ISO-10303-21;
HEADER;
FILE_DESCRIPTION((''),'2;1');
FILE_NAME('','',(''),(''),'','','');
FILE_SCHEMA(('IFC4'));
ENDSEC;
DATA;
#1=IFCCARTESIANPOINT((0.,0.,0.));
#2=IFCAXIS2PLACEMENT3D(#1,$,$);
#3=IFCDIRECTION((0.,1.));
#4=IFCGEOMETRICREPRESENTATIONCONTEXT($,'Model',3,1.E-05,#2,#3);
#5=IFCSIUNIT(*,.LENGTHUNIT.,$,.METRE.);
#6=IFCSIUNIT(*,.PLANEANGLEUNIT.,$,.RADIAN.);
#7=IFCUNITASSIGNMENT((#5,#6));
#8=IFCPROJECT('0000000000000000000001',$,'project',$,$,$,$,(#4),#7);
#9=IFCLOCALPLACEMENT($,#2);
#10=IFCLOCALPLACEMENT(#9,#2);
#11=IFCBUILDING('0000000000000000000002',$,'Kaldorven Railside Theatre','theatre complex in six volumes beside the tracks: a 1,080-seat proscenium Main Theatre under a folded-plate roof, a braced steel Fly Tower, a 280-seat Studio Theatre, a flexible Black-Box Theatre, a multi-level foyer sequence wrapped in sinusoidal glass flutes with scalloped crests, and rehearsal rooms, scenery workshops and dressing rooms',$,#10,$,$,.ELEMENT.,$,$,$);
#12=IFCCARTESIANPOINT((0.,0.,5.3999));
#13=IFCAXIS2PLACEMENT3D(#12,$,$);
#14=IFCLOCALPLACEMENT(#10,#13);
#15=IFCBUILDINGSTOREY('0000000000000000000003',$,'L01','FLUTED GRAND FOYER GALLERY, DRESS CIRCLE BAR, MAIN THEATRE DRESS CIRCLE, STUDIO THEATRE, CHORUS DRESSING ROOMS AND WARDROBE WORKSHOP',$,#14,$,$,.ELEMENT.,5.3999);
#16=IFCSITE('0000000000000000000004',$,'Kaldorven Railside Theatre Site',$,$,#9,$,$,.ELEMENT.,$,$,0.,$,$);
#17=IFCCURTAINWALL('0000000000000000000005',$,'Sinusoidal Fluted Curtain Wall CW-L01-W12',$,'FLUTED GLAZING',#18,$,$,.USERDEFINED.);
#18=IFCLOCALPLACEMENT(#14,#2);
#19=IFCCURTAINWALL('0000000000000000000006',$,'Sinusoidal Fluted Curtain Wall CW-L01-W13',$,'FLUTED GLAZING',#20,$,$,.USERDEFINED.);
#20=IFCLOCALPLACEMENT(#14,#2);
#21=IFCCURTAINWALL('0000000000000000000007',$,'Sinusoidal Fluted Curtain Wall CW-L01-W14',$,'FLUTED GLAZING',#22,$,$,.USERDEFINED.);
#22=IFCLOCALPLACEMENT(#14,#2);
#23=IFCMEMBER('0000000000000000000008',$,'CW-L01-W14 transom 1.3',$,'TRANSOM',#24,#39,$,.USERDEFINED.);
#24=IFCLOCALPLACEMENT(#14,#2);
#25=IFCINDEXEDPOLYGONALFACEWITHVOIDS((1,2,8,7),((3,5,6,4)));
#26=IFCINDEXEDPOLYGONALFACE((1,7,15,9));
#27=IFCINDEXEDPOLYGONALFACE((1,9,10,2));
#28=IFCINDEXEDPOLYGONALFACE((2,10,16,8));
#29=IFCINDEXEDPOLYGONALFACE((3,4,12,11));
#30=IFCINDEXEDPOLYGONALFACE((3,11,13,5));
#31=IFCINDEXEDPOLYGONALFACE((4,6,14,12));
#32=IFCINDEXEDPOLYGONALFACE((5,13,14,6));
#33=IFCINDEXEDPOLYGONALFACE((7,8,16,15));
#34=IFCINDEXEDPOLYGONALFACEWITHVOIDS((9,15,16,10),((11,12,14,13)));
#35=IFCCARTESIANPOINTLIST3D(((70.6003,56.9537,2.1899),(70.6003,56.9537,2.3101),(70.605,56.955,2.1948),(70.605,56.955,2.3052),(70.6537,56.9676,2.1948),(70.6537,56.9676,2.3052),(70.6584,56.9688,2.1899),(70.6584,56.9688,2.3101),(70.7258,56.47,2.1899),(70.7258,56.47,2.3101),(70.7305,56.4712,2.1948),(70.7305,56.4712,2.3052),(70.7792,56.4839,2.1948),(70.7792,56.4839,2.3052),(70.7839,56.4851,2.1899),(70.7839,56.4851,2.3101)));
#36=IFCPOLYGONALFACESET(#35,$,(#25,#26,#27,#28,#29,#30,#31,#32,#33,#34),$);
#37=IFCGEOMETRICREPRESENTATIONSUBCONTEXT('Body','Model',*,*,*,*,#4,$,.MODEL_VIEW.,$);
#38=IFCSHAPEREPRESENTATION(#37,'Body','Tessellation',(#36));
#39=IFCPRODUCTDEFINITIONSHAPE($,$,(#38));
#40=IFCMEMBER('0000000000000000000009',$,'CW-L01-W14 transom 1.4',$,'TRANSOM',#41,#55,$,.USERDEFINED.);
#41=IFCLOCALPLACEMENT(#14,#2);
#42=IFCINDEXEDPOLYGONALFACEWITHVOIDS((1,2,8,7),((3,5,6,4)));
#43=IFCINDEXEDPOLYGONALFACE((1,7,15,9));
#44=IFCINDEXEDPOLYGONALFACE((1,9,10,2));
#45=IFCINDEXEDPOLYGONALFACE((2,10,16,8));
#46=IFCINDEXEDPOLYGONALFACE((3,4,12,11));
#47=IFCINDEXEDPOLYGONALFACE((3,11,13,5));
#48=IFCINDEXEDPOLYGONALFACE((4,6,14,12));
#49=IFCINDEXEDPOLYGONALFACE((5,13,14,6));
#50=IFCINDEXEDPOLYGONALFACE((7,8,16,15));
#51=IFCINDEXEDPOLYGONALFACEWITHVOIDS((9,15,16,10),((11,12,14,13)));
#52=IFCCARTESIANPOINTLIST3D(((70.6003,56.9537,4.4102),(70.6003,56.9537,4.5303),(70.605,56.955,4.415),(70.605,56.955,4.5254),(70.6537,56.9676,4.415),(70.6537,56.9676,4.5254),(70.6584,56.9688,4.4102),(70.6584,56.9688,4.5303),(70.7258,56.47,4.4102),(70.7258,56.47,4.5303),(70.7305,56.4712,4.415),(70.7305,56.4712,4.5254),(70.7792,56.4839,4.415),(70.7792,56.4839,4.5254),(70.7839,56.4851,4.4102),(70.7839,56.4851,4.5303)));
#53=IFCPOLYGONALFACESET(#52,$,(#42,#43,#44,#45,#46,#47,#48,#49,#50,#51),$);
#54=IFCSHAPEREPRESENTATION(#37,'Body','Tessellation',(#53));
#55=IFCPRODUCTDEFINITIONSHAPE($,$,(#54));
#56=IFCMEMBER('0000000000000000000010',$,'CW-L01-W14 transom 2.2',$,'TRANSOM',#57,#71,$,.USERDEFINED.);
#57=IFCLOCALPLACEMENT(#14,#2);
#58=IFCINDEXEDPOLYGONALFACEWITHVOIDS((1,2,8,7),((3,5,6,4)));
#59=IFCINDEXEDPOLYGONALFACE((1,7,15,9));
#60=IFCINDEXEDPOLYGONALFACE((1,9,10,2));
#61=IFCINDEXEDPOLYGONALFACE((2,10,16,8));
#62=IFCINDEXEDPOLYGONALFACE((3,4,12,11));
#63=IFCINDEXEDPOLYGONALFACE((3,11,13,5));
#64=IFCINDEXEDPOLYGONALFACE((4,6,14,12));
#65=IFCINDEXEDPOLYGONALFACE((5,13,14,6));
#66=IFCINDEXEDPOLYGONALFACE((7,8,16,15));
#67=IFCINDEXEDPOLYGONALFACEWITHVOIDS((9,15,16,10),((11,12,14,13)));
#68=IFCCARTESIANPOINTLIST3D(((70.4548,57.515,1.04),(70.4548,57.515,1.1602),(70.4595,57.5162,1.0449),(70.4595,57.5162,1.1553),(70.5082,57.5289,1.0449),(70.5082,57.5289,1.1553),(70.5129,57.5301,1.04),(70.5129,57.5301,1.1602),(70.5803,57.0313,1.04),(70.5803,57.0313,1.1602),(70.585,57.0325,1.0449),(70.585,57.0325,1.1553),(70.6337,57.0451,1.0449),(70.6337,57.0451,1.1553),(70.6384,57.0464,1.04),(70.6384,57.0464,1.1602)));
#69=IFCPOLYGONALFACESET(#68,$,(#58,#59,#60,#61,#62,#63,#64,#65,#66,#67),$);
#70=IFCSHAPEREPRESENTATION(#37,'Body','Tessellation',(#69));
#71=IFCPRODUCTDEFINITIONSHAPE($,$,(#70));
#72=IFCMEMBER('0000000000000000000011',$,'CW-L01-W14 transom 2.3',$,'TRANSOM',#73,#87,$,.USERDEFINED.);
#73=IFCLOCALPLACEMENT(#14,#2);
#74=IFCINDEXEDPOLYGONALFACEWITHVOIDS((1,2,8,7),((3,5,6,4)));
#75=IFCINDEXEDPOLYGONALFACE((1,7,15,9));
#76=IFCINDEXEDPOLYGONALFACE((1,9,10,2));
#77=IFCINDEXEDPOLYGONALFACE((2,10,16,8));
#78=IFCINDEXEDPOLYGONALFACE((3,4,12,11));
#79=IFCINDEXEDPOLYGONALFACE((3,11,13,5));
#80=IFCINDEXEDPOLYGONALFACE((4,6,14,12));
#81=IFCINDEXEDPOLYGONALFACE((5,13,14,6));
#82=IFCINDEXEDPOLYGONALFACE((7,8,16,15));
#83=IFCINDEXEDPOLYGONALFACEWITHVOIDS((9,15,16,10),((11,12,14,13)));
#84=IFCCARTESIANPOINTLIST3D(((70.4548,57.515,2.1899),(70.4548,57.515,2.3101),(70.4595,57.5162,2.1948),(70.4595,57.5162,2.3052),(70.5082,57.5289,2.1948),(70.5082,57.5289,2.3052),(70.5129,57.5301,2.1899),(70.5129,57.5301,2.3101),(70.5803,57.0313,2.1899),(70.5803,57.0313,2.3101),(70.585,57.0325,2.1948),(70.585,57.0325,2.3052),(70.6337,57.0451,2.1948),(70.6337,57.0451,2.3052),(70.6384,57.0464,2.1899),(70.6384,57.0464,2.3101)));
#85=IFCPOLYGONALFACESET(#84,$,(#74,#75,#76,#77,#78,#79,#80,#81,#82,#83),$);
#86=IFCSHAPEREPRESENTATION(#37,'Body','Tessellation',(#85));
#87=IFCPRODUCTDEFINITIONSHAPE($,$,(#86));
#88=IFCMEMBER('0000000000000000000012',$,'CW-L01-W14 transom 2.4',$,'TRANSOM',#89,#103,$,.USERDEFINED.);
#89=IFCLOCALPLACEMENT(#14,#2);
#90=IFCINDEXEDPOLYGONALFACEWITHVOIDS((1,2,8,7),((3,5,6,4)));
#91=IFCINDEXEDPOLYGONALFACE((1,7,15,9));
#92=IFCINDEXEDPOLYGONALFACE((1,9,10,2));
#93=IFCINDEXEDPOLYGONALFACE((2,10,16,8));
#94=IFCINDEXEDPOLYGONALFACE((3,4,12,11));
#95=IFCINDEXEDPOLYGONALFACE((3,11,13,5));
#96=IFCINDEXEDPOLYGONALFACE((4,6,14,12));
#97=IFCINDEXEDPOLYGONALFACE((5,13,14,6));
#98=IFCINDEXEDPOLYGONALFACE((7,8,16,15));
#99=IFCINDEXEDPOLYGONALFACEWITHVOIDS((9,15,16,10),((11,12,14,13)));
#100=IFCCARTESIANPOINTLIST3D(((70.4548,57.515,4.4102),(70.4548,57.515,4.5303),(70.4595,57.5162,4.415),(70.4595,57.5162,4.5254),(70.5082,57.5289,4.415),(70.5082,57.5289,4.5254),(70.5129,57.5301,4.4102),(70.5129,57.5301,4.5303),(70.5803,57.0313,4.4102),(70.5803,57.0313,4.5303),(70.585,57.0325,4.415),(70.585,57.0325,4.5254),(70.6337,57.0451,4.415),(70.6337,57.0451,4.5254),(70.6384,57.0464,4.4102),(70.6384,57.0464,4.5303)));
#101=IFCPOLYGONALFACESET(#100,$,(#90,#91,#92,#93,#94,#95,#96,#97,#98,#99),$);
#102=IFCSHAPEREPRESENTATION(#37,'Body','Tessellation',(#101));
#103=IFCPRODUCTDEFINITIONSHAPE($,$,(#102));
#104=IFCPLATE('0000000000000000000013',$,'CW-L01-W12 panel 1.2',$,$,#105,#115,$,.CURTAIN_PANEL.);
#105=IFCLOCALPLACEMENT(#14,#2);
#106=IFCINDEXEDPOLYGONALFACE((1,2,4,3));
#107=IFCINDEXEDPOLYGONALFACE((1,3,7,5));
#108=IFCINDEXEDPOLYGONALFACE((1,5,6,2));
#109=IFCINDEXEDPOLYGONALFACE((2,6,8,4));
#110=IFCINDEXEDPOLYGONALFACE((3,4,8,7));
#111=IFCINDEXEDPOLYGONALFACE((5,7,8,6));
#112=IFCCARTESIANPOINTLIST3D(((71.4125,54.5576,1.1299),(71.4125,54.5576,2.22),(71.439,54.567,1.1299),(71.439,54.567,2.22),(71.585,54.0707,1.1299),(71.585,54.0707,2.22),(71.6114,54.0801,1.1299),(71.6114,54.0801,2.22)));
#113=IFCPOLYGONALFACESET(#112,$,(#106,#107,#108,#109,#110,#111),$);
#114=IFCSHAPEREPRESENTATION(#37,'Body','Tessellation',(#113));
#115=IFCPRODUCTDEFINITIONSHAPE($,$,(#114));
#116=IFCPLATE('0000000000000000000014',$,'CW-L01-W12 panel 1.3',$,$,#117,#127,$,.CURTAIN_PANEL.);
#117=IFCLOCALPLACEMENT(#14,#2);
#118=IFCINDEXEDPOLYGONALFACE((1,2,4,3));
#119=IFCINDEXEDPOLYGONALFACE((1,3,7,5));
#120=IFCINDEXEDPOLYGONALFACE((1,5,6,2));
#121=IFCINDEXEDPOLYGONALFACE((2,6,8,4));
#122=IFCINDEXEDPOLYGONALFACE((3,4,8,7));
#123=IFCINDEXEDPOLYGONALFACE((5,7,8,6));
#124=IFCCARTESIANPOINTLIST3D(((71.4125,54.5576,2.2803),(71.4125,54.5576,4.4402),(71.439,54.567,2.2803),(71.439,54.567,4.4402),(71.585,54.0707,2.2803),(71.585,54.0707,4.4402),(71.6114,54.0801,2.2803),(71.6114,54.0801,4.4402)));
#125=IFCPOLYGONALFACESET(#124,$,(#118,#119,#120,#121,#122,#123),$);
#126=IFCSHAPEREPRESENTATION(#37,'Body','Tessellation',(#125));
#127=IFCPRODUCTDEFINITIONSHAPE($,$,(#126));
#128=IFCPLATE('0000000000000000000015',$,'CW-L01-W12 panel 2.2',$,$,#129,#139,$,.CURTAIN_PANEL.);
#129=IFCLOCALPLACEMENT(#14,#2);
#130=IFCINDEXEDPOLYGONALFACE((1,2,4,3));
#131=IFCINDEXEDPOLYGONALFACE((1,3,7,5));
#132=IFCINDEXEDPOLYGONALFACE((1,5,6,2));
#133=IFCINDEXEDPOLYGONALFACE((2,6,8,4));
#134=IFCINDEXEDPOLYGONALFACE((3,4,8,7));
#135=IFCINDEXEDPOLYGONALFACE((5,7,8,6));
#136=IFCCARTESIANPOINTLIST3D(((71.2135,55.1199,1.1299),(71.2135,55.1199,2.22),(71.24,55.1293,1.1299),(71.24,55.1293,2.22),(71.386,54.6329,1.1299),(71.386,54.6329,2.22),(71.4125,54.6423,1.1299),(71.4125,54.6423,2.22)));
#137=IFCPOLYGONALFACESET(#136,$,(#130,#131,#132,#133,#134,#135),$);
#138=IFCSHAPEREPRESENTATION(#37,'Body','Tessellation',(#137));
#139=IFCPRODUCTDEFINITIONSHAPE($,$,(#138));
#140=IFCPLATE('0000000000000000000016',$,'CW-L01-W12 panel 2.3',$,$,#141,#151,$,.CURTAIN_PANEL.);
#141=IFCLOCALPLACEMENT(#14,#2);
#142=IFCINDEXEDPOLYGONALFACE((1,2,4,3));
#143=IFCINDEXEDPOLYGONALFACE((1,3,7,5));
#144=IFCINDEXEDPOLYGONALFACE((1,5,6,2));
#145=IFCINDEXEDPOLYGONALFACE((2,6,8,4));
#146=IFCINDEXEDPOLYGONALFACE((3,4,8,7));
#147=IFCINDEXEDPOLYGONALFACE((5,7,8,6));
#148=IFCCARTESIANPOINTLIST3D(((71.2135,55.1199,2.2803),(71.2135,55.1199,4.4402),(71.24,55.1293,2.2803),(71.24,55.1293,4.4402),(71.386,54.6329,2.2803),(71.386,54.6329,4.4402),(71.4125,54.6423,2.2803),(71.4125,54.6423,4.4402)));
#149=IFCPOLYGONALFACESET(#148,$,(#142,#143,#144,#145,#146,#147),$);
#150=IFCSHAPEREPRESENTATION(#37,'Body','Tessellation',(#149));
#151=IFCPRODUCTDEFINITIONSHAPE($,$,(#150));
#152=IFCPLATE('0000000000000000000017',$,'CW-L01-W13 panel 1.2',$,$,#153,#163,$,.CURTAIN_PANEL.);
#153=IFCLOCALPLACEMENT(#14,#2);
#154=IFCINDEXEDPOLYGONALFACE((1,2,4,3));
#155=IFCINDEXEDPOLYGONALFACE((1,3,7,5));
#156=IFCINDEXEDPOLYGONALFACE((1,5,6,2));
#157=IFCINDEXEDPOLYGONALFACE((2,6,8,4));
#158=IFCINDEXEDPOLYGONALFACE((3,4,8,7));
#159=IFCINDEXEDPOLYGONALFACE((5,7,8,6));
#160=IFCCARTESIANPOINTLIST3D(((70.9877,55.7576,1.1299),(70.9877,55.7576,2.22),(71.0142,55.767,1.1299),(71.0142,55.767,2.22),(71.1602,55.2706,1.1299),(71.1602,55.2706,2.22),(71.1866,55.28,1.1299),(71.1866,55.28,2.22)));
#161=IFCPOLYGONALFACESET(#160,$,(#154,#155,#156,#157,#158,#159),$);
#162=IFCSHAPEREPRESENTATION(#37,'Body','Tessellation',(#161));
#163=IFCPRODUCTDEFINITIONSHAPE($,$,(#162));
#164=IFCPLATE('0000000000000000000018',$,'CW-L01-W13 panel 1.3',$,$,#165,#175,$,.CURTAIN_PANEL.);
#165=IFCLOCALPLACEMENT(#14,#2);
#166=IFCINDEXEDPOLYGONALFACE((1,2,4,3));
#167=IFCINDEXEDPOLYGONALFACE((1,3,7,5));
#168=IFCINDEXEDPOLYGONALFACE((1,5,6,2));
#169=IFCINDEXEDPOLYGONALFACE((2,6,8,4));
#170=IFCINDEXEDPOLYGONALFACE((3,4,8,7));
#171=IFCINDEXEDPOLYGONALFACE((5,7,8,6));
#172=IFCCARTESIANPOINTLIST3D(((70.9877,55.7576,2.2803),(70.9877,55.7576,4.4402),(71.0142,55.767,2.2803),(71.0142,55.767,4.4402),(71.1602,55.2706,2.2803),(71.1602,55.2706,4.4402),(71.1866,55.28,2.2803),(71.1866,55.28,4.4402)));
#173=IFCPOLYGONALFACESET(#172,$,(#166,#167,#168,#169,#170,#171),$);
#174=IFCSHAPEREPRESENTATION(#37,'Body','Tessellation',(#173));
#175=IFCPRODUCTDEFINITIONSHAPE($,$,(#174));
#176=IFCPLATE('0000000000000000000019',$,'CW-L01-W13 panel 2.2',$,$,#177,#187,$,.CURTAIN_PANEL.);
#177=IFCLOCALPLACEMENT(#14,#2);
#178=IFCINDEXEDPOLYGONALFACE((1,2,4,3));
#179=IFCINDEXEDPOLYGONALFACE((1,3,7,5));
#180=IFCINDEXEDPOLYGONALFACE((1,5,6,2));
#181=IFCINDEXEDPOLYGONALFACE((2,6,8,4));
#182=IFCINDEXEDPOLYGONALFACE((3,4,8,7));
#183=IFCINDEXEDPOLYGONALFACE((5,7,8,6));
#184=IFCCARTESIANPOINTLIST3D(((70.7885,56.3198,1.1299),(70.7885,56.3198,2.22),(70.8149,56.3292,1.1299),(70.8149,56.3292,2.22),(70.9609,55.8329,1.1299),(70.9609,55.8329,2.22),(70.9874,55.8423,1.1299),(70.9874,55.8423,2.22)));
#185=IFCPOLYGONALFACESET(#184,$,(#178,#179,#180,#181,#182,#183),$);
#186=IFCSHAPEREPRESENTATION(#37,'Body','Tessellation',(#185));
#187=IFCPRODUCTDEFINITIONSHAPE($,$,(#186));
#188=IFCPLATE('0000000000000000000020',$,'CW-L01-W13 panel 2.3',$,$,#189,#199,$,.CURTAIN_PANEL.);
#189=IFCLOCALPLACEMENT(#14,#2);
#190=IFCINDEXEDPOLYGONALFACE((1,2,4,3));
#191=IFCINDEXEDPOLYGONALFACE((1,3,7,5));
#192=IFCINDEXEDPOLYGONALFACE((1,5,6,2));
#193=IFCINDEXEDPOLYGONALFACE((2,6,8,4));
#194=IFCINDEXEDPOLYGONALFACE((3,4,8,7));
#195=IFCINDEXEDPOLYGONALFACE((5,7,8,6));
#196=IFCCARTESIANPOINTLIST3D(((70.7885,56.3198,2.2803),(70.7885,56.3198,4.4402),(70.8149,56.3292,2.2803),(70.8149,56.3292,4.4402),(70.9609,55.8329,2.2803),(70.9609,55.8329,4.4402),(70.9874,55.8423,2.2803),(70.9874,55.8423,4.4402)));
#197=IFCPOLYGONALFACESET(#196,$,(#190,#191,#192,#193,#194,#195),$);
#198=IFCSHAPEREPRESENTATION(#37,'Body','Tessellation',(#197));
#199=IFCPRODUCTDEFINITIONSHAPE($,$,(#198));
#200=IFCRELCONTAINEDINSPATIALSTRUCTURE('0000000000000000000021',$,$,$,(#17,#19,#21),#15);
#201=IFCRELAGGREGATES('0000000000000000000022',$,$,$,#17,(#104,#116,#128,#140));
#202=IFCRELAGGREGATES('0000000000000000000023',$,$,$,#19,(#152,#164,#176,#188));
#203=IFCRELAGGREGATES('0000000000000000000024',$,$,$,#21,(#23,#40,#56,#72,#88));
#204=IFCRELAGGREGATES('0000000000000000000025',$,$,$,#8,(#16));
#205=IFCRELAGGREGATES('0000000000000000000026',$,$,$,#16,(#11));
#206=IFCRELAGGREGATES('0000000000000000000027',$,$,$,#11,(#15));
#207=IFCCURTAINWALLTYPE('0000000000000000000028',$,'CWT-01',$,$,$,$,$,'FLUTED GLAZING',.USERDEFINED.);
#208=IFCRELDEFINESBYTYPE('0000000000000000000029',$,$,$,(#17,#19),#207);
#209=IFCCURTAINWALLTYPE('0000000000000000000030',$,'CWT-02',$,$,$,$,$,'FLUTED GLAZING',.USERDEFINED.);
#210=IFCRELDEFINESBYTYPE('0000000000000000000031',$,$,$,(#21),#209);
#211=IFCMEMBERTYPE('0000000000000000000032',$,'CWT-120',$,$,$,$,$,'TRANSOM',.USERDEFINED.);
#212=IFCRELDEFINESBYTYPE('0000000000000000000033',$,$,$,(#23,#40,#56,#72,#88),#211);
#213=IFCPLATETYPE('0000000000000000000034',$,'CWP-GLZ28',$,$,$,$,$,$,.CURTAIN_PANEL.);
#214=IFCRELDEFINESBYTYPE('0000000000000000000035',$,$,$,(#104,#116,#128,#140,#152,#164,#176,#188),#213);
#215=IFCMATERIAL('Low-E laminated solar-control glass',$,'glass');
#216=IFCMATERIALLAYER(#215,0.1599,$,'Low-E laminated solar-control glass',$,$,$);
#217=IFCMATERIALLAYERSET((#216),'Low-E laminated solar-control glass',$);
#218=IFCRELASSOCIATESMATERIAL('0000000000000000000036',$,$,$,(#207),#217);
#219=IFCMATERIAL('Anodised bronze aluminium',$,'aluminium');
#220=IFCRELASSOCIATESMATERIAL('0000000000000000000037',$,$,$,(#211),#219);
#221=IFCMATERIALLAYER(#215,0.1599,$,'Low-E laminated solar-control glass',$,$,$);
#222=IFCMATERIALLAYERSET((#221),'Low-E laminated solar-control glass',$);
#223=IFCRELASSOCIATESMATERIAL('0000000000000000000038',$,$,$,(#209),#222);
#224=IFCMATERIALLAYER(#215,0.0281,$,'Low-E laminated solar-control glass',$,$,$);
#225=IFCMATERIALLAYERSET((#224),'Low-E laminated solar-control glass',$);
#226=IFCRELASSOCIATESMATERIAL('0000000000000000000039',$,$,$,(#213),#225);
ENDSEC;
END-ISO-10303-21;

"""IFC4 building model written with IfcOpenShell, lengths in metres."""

from ifc_helpers import new_model, si_unit, direction, frame, origin, origin_2d, place, context, subcontext, project, spatial, rectangle, hollow_rectangle, extrude, material, layer, layer_set, material_profile, profile_set, type_object, element, aggregate, save


model = new_model("IFC4")

# Units and contexts
model_context = context("Model", 3, precision=1e-05, world=origin(), true_north=direction((0.0, 1.0)))
body_context = subcontext(model_context, "Body", "Model", "MODEL_VIEW")
ifc_project = project(units=[si_unit("LENGTHUNIT", "METRE"), si_unit("PLANEANGLEUNIT", "RADIAN")], contexts=[model_context])

# Site, building, storey
site_placement = place(None, origin())
site = spatial("IfcSite", under=ifc_project, at=site_placement, Name="Kaldorven Railside Theatre Site", CompositionType="ELEMENT", RefElevation=0.0)
building_placement = place(site_placement, origin())
building = spatial("IfcBuilding", under=site, at=building_placement, Name="Kaldorven Railside Theatre", Description="theatre complex in six volumes beside the tracks: a 1,080-seat proscenium Main Theatre under a folded-plate roof, a braced steel Fly Tower, a 280-seat Studio Theatre, a flexible Black-Box Theatre, a multi-level foyer sequence wrapped in sinusoidal glass flutes with scalloped crests, and rehearsal rooms, scenery workshops and dressing rooms", CompositionType="ELEMENT")
storey_placement = place(building_placement, frame((0.0, 0.0, 5.3999)))
storey = spatial("IfcBuildingStorey", under=building, at=storey_placement, Name="L01", Description="FLUTED GRAND FOYER GALLERY, DRESS CIRCLE BAR, MAIN THEATRE DRESS CIRCLE, STUDIO THEATRE, CHORUS DRESSING ROOMS AND WARDROBE WORKSHOP", CompositionType="ELEMENT", Elevation=5.3999)

# Curtain walls, members
ifc_material_1 = material(Name="Low-E laminated solar-control glass", Category="glass")
ifc_layer_1 = layer(ifc_material_1, 0.1599, Name="Low-E laminated solar-control glass")
ifc_layer_set_1 = layer_set([ifc_layer_1], Name="Low-E laminated solar-control glass")
curtain_wall_type_1 = type_object("IfcCurtainWallType", Name="CWT-01", ElementType="FLUTED GLAZING", PredefinedType="USERDEFINED", material=ifc_layer_set_1)
curtain_wall_1_placement = place(storey_placement, origin())
curtain_wall_1 = element("IfcCurtainWall", 1, at=curtain_wall_1_placement, inside=storey, type_object=curtain_wall_type_1, Name="Sinusoidal Fluted Curtain Wall CW-L01-W12", ObjectType="FLUTED GLAZING", PredefinedType="USERDEFINED")
ifc_material_2 = material(Name="Anodised bronze aluminium", Category="aluminium")
ifc_material_profile = material_profile(ifc_material_2, hollow_rectangle(XDim=0.0601, YDim=0.1201, WallThickness=0.0049, at=origin_2d()), Name="RHS 120x60x5")
ifc_profile_set = profile_set([ifc_material_profile], Name="Anodised bronze aluminium")
member_type = type_object("IfcMemberType", Name="CWT-120", ElementType="TRANSOM", PredefinedType="USERDEFINED", material=ifc_profile_set)
curtain_wall_2_placement = place(storey_placement, origin())
curtain_wall_2 = element("IfcCurtainWall", 2, at=curtain_wall_2_placement, inside=storey, type_object=curtain_wall_type_1, Name="Sinusoidal Fluted Curtain Wall CW-L01-W13", ObjectType="FLUTED GLAZING", PredefinedType="USERDEFINED")
ifc_layer_2 = layer(ifc_material_1, 0.1599, Name="Low-E laminated solar-control glass")
ifc_layer_set_2 = layer_set([ifc_layer_2], Name="Low-E laminated solar-control glass")
curtain_wall_type_2 = type_object("IfcCurtainWallType", Name="CWT-02", ElementType="FLUTED GLAZING", PredefinedType="USERDEFINED", material=ifc_layer_set_2)
curtain_wall_3_placement = place(storey_placement, origin())
curtain_wall_3 = element("IfcCurtainWall", 3, at=curtain_wall_3_placement, inside=storey, type_object=curtain_wall_type_2, Name="Sinusoidal Fluted Curtain Wall CW-L01-W14", ObjectType="FLUTED GLAZING", PredefinedType="USERDEFINED")
member_1_placement = place(storey_placement, frame((70.7549, 56.4775, 2.25), z_axis=(-0.251149, 0.967949, 0.0), x_axis=(-0.967949, -0.251149, 0.0)))
member_1 = element("IfcMember", 4, at=member_1_placement, type_object=member_type, Name="CW-L01-W14 transom 1.3", ObjectType="TRANSOM", PredefinedType="USERDEFINED", context=body_context, shape_type="SweptSolid", body=[
    extrude(hollow_rectangle(XDim=0.0601, YDim=0.1201, WallThickness=0.0049, at=origin_2d()), origin(), (0.0, 0.0, 1.0), 0.4998),
])
member_2_placement = place(storey_placement, frame((70.7549, 56.4775, 4.4702), z_axis=(-0.251149, 0.967949, 0.0), x_axis=(-0.967949, -0.251149, 0.0)))
member_2 = element("IfcMember", 5, at=member_2_placement, type_object=member_type, Name="CW-L01-W14 transom 1.4", ObjectType="TRANSOM", PredefinedType="USERDEFINED", context=body_context, shape_type="SweptSolid", body=[
    extrude(hollow_rectangle(XDim=0.0601, YDim=0.1201, WallThickness=0.0049, at=origin_2d()), origin(), (0.0, 0.0, 1.0), 0.4998),
])
member_3_placement = place(storey_placement, frame((70.6094, 57.0388, 1.1001), z_axis=(-0.251149, 0.967949, 0.0), x_axis=(-0.967949, -0.251149, 0.0)))
member_3 = element("IfcMember", 6, at=member_3_placement, type_object=member_type, Name="CW-L01-W14 transom 2.2", ObjectType="TRANSOM", PredefinedType="USERDEFINED", context=body_context, shape_type="SweptSolid", body=[
    extrude(hollow_rectangle(XDim=0.0601, YDim=0.1201, WallThickness=0.0049, at=origin_2d()), origin(), (0.0, 0.0, 1.0), 0.4998),
])
member_4_placement = place(storey_placement, frame((70.6094, 57.0388, 2.25), z_axis=(-0.251149, 0.967949, 0.0), x_axis=(-0.967949, -0.251149, 0.0)))
member_4 = element("IfcMember", 7, at=member_4_placement, type_object=member_type, Name="CW-L01-W14 transom 2.3", ObjectType="TRANSOM", PredefinedType="USERDEFINED", context=body_context, shape_type="SweptSolid", body=[
    extrude(hollow_rectangle(XDim=0.0601, YDim=0.1201, WallThickness=0.0049, at=origin_2d()), origin(), (0.0, 0.0, 1.0), 0.4998),
])
member_5_placement = place(storey_placement, frame((70.6094, 57.0388, 4.4702), z_axis=(-0.251149, 0.967949, 0.0), x_axis=(-0.967949, -0.251149, 0.0)))
member_5 = element("IfcMember", 8, at=member_5_placement, type_object=member_type, Name="CW-L01-W14 transom 2.4", ObjectType="TRANSOM", PredefinedType="USERDEFINED", context=body_context, shape_type="SweptSolid", body=[
    extrude(hollow_rectangle(XDim=0.0601, YDim=0.1201, WallThickness=0.0049, at=origin_2d()), origin(), (0.0, 0.0, 1.0), 0.4998),
])

# Plates
ifc_layer_3 = layer(ifc_material_1, 0.0281, Name="Low-E laminated solar-control glass")
ifc_layer_set_3 = layer_set([ifc_layer_3], Name="Low-E laminated solar-control glass")
plate_type = type_object("IfcPlateType", Name="CWP-GLZ28", PredefinedType="CURTAIN_PANEL", material=ifc_layer_set_3)
plate_1_placement = place(storey_placement, frame((71.512, 54.3188, 1.1299), z_axis=(0.0, 0.0, 1.0), x_axis=(-0.333847, 0.942627, 0.0)))
plate_1 = element("IfcPlate", 9, at=plate_1_placement, type_object=plate_type, Name="CW-L01-W12 panel 1.2", PredefinedType="CURTAIN_PANEL", context=body_context, shape_type="SweptSolid", body=[
    extrude(rectangle(XDim=0.5166, YDim=0.0281, at=origin_2d()), origin(), (0.0, 0.0, 1.0), 1.0901),
])
plate_2_placement = place(storey_placement, frame((71.512, 54.3188, 2.2803), z_axis=(0.0, 0.0, 1.0), x_axis=(-0.333847, 0.942627, 0.0)))
plate_2 = element("IfcPlate", 10, at=plate_2_placement, type_object=plate_type, Name="CW-L01-W12 panel 1.3", PredefinedType="CURTAIN_PANEL", context=body_context, shape_type="SweptSolid", body=[
    extrude(rectangle(XDim=0.5166, YDim=0.0281, at=origin_2d()), origin(), (0.0, 0.0, 1.0), 2.1599),
])
plate_3_placement = place(storey_placement, frame((71.313, 54.8811, 1.1299), z_axis=(0.0, 0.0, 1.0), x_axis=(-0.333847, 0.942627, 0.0)))
plate_3 = element("IfcPlate", 11, at=plate_3_placement, type_object=plate_type, Name="CW-L01-W12 panel 2.2", PredefinedType="CURTAIN_PANEL", context=body_context, shape_type="SweptSolid", body=[
    extrude(rectangle(XDim=0.5166, YDim=0.0281, at=origin_2d()), origin(), (0.0, 0.0, 1.0), 1.0901),
])
plate_4_placement = place(storey_placement, frame((71.313, 54.8811, 2.2803), z_axis=(0.0, 0.0, 1.0), x_axis=(-0.333847, 0.942627, 0.0)))
plate_4 = element("IfcPlate", 12, at=plate_4_placement, type_object=plate_type, Name="CW-L01-W12 panel 2.3", PredefinedType="CURTAIN_PANEL", context=body_context, shape_type="SweptSolid", body=[
    extrude(rectangle(XDim=0.5166, YDim=0.0281, at=origin_2d()), origin(), (0.0, 0.0, 1.0), 2.1599),
])
aggregate(curtain_wall_1, [plate_1, plate_2, plate_3, plate_4])
plate_5_placement = place(storey_placement, frame((71.0872, 55.5188, 1.1299), z_axis=(0.0, 0.0, 1.0), x_axis=(-0.333847, 0.942627, 0.0)))
plate_5 = element("IfcPlate", 13, at=plate_5_placement, type_object=plate_type, Name="CW-L01-W13 panel 1.2", PredefinedType="CURTAIN_PANEL", context=body_context, shape_type="SweptSolid", body=[
    extrude(rectangle(XDim=0.5166, YDim=0.0281, at=origin_2d()), origin(), (0.0, 0.0, 1.0), 1.0901),
])
plate_6_placement = place(storey_placement, frame((71.0872, 55.5188, 2.2803), z_axis=(0.0, 0.0, 1.0), x_axis=(-0.333847, 0.942627, 0.0)))
plate_6 = element("IfcPlate", 14, at=plate_6_placement, type_object=plate_type, Name="CW-L01-W13 panel 1.3", PredefinedType="CURTAIN_PANEL", context=body_context, shape_type="SweptSolid", body=[
    extrude(rectangle(XDim=0.5166, YDim=0.0281, at=origin_2d()), origin(), (0.0, 0.0, 1.0), 2.1599),
])
plate_7_placement = place(storey_placement, frame((70.8879, 56.0811, 1.1299), z_axis=(0.0, 0.0, 1.0), x_axis=(-0.333847, 0.942627, 0.0)))
plate_7 = element("IfcPlate", 15, at=plate_7_placement, type_object=plate_type, Name="CW-L01-W13 panel 2.2", PredefinedType="CURTAIN_PANEL", context=body_context, shape_type="SweptSolid", body=[
    extrude(rectangle(XDim=0.5166, YDim=0.0281, at=origin_2d()), origin(), (0.0, 0.0, 1.0), 1.0901),
])
plate_8_placement = place(storey_placement, frame((70.8879, 56.0811, 2.2803), z_axis=(0.0, 0.0, 1.0), x_axis=(-0.333847, 0.942627, 0.0)))
plate_8 = element("IfcPlate", 16, at=plate_8_placement, type_object=plate_type, Name="CW-L01-W13 panel 2.3", PredefinedType="CURTAIN_PANEL", context=body_context, shape_type="SweptSolid", body=[
    extrude(rectangle(XDim=0.5166, YDim=0.0281, at=origin_2d()), origin(), (0.0, 0.0, 1.0), 2.1599),
])
aggregate(curtain_wall_2, [plate_5, plate_6, plate_7, plate_8])
aggregate(curtain_wall_3, [member_1, member_2, member_3, member_4, member_5])

save(model, "model.ifc")
